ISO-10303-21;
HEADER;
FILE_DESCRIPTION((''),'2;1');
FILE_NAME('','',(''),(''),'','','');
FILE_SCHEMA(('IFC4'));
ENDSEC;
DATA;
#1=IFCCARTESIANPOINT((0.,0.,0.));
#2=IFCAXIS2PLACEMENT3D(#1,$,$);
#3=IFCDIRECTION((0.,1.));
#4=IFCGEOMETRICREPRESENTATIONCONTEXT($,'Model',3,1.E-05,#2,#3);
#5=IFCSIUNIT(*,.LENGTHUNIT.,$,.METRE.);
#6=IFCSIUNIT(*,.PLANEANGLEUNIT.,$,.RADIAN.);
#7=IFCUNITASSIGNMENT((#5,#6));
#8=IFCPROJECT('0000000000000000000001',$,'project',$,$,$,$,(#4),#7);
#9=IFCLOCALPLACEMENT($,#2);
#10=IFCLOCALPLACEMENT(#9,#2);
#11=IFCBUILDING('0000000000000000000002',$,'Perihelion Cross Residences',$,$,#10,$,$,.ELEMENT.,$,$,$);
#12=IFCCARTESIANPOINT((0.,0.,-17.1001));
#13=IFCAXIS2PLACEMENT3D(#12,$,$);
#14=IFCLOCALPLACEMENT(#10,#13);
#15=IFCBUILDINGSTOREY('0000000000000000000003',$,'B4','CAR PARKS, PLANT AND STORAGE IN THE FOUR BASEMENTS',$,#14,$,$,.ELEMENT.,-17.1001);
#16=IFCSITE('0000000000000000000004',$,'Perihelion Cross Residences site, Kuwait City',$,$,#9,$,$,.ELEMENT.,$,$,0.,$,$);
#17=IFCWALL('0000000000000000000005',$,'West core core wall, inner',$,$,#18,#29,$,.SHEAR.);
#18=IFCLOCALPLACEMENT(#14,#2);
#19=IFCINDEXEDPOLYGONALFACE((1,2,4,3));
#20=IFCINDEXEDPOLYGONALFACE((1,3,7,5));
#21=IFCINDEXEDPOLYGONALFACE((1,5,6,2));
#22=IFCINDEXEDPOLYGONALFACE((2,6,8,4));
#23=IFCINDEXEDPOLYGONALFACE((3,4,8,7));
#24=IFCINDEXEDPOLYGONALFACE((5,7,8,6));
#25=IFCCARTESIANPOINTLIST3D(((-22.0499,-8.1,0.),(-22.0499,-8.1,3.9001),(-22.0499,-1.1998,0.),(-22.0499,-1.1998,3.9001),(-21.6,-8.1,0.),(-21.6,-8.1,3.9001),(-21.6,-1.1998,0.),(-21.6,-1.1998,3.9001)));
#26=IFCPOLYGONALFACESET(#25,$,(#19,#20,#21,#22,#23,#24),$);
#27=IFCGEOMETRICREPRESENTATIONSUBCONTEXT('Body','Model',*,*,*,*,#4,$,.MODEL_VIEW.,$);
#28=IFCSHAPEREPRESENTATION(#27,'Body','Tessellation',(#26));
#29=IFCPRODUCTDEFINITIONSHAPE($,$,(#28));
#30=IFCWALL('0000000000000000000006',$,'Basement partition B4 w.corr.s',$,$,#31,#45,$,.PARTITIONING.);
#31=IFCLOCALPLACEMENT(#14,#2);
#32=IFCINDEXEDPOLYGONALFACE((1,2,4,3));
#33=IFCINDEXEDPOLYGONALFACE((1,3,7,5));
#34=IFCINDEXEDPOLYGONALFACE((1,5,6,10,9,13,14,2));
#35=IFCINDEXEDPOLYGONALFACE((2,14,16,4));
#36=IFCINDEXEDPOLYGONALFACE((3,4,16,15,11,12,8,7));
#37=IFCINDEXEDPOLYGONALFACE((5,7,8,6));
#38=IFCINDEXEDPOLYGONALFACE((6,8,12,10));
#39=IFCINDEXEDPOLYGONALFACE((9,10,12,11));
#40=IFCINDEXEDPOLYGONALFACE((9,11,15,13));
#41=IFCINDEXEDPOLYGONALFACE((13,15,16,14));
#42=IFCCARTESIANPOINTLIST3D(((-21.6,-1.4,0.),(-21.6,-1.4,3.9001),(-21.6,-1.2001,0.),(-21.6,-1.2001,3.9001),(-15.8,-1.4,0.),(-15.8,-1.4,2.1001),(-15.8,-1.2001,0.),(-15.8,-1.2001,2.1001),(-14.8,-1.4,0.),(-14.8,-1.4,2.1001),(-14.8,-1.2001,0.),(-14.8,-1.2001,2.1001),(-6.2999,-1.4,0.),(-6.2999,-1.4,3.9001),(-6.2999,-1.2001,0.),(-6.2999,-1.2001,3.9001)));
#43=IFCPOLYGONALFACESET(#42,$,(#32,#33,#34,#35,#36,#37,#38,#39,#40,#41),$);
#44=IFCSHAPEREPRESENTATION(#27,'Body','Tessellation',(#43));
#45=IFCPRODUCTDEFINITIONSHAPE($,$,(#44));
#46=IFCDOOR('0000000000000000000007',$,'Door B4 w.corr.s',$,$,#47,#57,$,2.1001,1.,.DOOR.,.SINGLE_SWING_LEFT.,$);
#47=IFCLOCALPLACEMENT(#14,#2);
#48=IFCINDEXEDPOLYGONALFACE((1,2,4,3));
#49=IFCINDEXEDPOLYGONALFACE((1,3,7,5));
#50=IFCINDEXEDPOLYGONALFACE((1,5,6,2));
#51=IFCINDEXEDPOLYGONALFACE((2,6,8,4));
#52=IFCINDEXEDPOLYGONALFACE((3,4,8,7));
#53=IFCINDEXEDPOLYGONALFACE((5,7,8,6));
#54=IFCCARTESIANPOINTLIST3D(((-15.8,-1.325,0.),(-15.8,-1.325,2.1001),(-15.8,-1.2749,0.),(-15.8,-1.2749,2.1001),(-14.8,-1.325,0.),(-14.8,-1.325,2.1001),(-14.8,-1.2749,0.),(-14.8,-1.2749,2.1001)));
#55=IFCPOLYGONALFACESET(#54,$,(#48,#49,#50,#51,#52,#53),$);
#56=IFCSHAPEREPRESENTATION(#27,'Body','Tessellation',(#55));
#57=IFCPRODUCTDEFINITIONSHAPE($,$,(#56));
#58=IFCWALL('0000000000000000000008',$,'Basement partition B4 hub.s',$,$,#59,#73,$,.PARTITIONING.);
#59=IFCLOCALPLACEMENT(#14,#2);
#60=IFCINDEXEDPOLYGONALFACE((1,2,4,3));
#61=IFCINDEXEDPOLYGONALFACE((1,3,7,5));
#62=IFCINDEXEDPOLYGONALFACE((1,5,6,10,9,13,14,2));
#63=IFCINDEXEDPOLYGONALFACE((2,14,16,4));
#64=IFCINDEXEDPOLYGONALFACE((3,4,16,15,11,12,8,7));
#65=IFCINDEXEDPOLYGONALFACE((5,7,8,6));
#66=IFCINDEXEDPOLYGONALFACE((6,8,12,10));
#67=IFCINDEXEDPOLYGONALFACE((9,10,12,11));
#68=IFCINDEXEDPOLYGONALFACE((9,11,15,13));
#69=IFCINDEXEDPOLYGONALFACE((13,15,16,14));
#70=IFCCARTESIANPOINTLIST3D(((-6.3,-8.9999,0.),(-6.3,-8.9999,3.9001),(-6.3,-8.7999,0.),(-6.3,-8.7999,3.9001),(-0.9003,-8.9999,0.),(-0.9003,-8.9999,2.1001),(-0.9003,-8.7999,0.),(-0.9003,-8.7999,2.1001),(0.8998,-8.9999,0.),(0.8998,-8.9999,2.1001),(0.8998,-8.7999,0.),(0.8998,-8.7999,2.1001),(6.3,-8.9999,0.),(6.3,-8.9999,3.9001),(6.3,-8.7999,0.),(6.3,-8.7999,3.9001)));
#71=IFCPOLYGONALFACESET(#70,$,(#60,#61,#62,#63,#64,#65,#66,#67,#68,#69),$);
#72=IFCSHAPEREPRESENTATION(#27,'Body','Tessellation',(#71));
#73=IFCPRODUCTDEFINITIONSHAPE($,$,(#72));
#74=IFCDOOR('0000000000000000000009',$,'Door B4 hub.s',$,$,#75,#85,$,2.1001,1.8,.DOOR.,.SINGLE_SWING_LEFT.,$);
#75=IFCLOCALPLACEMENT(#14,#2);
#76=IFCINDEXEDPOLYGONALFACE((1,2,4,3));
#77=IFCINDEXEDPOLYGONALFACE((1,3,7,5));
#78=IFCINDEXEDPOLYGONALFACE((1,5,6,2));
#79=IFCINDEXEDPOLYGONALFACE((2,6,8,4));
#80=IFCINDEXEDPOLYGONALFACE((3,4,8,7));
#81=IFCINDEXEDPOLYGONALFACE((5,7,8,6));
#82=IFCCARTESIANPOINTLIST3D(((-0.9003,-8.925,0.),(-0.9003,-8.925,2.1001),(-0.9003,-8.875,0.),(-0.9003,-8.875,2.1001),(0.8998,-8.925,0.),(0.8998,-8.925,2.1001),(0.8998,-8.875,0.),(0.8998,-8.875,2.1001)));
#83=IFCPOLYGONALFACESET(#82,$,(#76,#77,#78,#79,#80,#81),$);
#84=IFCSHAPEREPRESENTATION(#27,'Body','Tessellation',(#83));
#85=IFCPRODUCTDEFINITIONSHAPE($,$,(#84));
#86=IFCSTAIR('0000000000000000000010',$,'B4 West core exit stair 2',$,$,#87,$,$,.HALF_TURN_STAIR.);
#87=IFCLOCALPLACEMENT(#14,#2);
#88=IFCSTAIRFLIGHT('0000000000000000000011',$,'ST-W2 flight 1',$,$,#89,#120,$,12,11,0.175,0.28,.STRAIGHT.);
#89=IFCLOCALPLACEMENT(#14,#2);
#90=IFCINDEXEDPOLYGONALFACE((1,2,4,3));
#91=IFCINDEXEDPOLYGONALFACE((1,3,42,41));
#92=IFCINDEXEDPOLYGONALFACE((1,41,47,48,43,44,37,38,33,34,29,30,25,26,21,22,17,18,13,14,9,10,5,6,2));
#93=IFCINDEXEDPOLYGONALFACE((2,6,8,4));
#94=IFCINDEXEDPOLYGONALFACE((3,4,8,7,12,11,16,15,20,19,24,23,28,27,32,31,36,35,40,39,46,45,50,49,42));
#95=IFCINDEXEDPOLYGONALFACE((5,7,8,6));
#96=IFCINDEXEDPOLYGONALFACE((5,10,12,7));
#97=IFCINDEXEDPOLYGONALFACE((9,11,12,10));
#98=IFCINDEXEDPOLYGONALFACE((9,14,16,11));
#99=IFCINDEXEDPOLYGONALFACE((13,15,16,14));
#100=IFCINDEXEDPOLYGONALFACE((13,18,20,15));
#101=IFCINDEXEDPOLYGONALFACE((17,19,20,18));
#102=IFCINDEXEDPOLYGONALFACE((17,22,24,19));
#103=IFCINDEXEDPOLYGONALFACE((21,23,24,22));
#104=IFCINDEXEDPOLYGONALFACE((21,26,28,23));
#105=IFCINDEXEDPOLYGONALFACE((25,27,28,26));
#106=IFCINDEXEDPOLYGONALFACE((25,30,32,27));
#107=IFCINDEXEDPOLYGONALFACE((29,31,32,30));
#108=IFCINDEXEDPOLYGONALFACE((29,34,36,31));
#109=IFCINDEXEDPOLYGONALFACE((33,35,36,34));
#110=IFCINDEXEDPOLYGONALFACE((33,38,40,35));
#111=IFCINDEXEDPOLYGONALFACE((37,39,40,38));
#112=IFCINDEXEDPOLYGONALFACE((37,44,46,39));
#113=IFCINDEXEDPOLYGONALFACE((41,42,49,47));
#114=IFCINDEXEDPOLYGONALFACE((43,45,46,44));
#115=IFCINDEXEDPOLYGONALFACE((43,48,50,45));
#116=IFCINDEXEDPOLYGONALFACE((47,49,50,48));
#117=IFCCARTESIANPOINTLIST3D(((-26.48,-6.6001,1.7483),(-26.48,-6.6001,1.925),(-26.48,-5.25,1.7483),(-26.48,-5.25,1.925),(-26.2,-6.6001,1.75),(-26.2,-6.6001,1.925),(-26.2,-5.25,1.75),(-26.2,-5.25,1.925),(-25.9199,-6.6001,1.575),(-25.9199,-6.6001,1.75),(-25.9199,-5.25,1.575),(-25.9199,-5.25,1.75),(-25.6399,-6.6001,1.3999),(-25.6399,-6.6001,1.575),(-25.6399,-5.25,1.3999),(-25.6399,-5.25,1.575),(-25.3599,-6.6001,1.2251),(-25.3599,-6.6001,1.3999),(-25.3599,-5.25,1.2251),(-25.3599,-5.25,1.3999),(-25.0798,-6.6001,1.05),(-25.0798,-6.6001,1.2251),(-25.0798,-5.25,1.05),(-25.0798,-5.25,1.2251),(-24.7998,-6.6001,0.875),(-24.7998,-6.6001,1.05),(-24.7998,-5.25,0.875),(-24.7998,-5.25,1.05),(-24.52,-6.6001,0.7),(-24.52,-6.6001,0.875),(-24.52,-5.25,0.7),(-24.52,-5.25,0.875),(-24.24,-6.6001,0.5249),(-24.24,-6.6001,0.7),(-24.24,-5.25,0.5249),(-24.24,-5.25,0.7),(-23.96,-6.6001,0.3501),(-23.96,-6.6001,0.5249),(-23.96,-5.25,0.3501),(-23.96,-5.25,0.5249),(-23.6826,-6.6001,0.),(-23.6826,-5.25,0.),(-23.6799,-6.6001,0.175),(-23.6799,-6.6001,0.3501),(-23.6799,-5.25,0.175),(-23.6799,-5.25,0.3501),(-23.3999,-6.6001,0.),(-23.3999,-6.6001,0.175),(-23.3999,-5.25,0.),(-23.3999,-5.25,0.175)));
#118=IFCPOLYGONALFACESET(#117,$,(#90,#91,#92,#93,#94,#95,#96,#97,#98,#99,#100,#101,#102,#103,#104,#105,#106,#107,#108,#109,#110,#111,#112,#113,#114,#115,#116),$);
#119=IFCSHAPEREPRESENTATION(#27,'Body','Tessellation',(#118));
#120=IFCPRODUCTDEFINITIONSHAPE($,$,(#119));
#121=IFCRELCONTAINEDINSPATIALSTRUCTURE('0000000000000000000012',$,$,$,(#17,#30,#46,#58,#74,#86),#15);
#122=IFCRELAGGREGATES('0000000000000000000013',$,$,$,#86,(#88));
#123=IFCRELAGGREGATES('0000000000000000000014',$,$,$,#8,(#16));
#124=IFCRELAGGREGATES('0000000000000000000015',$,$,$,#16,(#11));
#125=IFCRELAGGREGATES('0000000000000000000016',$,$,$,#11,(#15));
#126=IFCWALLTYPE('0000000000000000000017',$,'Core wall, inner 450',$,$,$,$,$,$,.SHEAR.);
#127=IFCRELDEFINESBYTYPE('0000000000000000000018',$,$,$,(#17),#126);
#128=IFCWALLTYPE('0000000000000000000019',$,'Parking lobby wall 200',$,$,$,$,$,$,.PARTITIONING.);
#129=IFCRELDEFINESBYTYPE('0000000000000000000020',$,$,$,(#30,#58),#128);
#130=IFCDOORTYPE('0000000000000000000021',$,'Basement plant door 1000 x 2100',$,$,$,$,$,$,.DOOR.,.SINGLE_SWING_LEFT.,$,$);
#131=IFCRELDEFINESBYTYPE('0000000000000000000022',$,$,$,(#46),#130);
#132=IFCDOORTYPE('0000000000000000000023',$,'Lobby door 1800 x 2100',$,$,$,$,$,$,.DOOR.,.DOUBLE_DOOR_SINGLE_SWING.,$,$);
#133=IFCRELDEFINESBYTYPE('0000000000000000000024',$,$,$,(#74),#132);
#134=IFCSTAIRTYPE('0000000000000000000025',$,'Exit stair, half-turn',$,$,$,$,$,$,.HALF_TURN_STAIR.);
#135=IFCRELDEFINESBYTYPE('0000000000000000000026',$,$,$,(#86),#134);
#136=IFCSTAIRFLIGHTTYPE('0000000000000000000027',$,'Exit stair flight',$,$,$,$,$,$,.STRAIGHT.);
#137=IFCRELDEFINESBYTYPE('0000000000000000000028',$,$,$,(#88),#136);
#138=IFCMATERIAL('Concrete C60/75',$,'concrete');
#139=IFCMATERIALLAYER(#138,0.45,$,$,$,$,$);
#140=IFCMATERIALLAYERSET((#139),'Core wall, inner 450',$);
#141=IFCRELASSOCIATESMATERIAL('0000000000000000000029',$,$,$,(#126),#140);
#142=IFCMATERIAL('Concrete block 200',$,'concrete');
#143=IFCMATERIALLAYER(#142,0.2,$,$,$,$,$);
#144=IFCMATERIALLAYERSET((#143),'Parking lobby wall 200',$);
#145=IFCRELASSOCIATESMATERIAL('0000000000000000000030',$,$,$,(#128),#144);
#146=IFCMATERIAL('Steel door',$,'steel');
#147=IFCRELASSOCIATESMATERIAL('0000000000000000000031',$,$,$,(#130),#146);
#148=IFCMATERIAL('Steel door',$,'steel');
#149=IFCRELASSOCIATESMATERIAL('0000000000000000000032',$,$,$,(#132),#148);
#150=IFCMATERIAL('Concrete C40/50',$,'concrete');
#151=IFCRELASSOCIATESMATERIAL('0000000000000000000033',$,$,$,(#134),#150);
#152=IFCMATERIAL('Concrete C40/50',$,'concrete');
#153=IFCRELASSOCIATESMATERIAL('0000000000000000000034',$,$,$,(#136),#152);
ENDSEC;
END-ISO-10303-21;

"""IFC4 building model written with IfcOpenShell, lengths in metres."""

from ifc_helpers import new_model, si_unit, direction, frame, frame_2d, origin, place, context, subcontext, project, spatial, polyline, rectangle, outline, extrude, material, layer, layer_set, type_object, element, fill, aggregate, save


model = new_model("IFC4")

# Units and contexts
model_context = context("Model", 3, precision=1e-05, world=origin(), true_north=direction((0.0, 1.0)))
body_context = subcontext(model_context, "Body", "Model", "MODEL_VIEW")
ifc_project = project(units=[si_unit("LENGTHUNIT", "METRE"), si_unit("PLANEANGLEUNIT", "RADIAN")], contexts=[model_context])

# Site, building, storey
site_placement = place(None, origin())
site = spatial("IfcSite", under=ifc_project, at=site_placement, Name="Perihelion Cross Residences site, Kuwait City", CompositionType="ELEMENT", RefElevation=0.0)
building_placement = place(site_placement, origin())
building = spatial("IfcBuilding", under=site, at=building_placement, Name="Perihelion Cross Residences", CompositionType="ELEMENT")
storey_placement = place(building_placement, frame((0.0, 0.0, -17.1001)))
storey = spatial("IfcBuildingStorey", under=building, at=storey_placement, Name="B4", Description="CAR PARKS, PLANT AND STORAGE IN THE FOUR BASEMENTS", CompositionType="ELEMENT", Elevation=-17.1001)

# Wall
ifc_material_1 = material(Name="Concrete C60/75", Category="concrete")
ifc_layer_1 = layer(ifc_material_1, 0.45)
ifc_layer_set_1 = layer_set([ifc_layer_1], Name="Core wall, inner 450")
wall_type_1 = type_object("IfcWallType", Name="Core wall, inner 450", PredefinedType="SHEAR", material=ifc_layer_set_1)
wall_1_placement = place(storey_placement, frame((-21.825, -8.1001, 0.0), z_axis=(0.0, 0.0, 1.0), x_axis=(0.0, 1.0, 0.0)))
element("IfcWall", 1, at=wall_1_placement, inside=storey, type_object=wall_type_1, Name="West core core wall, inner", PredefinedType="SHEAR", context=body_context, shape_type="SweptSolid", body=[
    extrude(rectangle(XDim=6.9001, YDim=0.45, at=frame_2d((3.4502, 0.0))), origin(), (0.0, 0.0, 1.0), 3.9001),
])

# Walls, openings, doors
ifc_material_2 = material(Name="Concrete block 200", Category="concrete")
ifc_layer_2 = layer(ifc_material_2, 0.2)
ifc_layer_set_2 = layer_set([ifc_layer_2], Name="Parking lobby wall 200")
wall_type_2 = type_object("IfcWallType", Name="Parking lobby wall 200", PredefinedType="PARTITIONING", material=ifc_layer_set_2)
wall_2_placement = place(storey_placement, frame((-6.3, -1.3, 0.0), z_axis=(0.0, 0.0, 1.0), x_axis=(-1.0, 0.0, 0.0)))
wall_2 = element("IfcWall", 2, at=wall_2_placement, inside=storey, type_object=wall_type_2, Name="Basement partition B4 w.corr.s", PredefinedType="PARTITIONING", context=body_context, shape_type="SweptSolid", body=[
    extrude(rectangle(XDim=15.3, YDim=0.2, at=frame_2d((7.6499, 0.0))), origin(), (0.0, 0.0, 1.0), 3.9001),
])
opening_1_placement = place(wall_2_placement, frame((8.5, 0.0, 0.0)))
opening_1 = element("IfcOpeningElement", 3, at=opening_1_placement, cuts=wall_2, PredefinedType="OPENING", context=body_context, shape_type="SweptSolid", body=[
    extrude(rectangle(XDim=1.0, YDim=2.1001, at=frame_2d((0.5, 1.05))), frame((0.0, 0.1099, 0.0), z_axis=(0.0, -1.0, 0.0), x_axis=(1.0, 0.0, 0.0)), (0.0, 0.0, 1.0), 0.22),
])
ifc_material_3 = material(Name="Steel door", Category="steel")
door_type_1 = type_object("IfcDoorType", Name="Basement plant door 1000 x 2100", OperationType="SINGLE_SWING_LEFT", PredefinedType="DOOR", material=ifc_material_3)
door_1_placement = place(opening_1_placement, origin())
door_1 = element("IfcDoor", 4, at=door_1_placement, inside=storey, type_object=door_type_1, Name="Door B4 w.corr.s", OperationType="SINGLE_SWING_LEFT", OverallHeight=2.1001, OverallWidth=1.0, PredefinedType="DOOR", context=body_context, shape_type="SweptSolid", body=[
    extrude(rectangle(XDim=1.0, YDim=2.1001, at=frame_2d((0.5, 1.05))), frame((0.0, 0.0249, 0.0), z_axis=(0.0, -1.0, 0.0), x_axis=(1.0, 0.0, 0.0)), (0.0, 0.0, 1.0), 0.05),
])
fill(opening_1, door_1)
wall_3_placement = place(storey_placement, frame((-6.3, -8.8999, 0.0), z_axis=(0.0, 0.0, 1.0), x_axis=(1.0, 0.0, 0.0)))
wall_3 = element("IfcWall", 5, at=wall_3_placement, inside=storey, type_object=wall_type_2, Name="Basement partition B4 hub.s", PredefinedType="PARTITIONING", context=body_context, shape_type="SweptSolid", body=[
    extrude(rectangle(XDim=12.6001, YDim=0.2, at=frame_2d((6.3, 0.0))), origin(), (0.0, 0.0, 1.0), 3.9001),
])
opening_2_placement = place(wall_3_placement, frame((5.3999, 0.0, 0.0)))
opening_2 = element("IfcOpeningElement", 6, at=opening_2_placement, cuts=wall_3, PredefinedType="OPENING", context=body_context, shape_type="SweptSolid", body=[
    extrude(rectangle(XDim=1.8, YDim=2.1001, at=frame_2d((0.8999, 1.05))), frame((0.0, 0.1099, 0.0), z_axis=(0.0, -1.0, 0.0), x_axis=(1.0, 0.0, 0.0)), (0.0, 0.0, 1.0), 0.22),
])
ifc_material_4 = material(Name="Steel door", Category="steel")
door_type_2 = type_object("IfcDoorType", Name="Lobby door 1800 x 2100", OperationType="DOUBLE_DOOR_SINGLE_SWING", PredefinedType="DOOR", material=ifc_material_4)
door_2_placement = place(opening_2_placement, origin())
door_2 = element("IfcDoor", 7, at=door_2_placement, inside=storey, type_object=door_type_2, Name="Door B4 hub.s", OperationType="SINGLE_SWING_LEFT", OverallHeight=2.1001, OverallWidth=1.8, PredefinedType="DOOR", context=body_context, shape_type="SweptSolid", body=[
    extrude(rectangle(XDim=1.8, YDim=2.1001, at=frame_2d((0.8999, 1.05))), frame((0.0, 0.0249, 0.0), z_axis=(0.0, -1.0, 0.0), x_axis=(1.0, 0.0, 0.0)), (0.0, 0.0, 1.0), 0.05),
])
fill(opening_2, door_2)

# Stair, stair flight
ifc_material_5 = material(Name="Concrete C40/50", Category="concrete")
stair_type = type_object("IfcStairType", Name="Exit stair, half-turn", PredefinedType="HALF_TURN_STAIR", material=ifc_material_5)
stair_placement = place(storey_placement, origin())
stair = element("IfcStair", 8, at=stair_placement, inside=storey, type_object=stair_type, Name="B4 West core exit stair 2", PredefinedType="HALF_TURN_STAIR")
ifc_material_6 = material(Name="Concrete C40/50", Category="concrete")
stair_flight_type = type_object("IfcStairFlightType", Name="Exit stair flight", PredefinedType="STRAIGHT", material=ifc_material_6)
stair_flight_placement = place(storey_placement, frame((-23.3999, -5.925, 0.0), z_axis=(0.0, 0.0, 1.0), x_axis=(-1.0, 0.0, 0.0)))
stair_flight = element("IfcStairFlight", 9, at=stair_flight_placement, type_object=stair_flight_type, Name="ST-W2 flight 1", NumberOfRisers=12, NumberOfTreads=11, PredefinedType="STRAIGHT", RiserHeight=0.175, TreadLength=0.28, context=body_context, shape_type="SweptSolid", body=[
    extrude(outline(polyline([(0.0, 0.0), (0.0, 0.175), (0.28, 0.175), (0.28, 0.3501), (0.5601, 0.3501), (0.5601, 0.5249), (0.8401, 0.5249), (0.8401, 0.7), (1.1201, 0.7), (1.1201, 0.875), (1.3999, 0.875), (1.3999, 1.05), (1.6799, 1.05), (1.6799, 1.2251), (1.96, 1.2251), (1.96, 1.3999), (2.24, 1.3999), (2.24, 1.575), (2.52, 1.575), (2.52, 1.75), (2.8, 1.75), (2.8, 1.925), (3.0801, 1.925), (3.0801, 2.1001), (3.0801, 1.7483), (0.2827, 0.0), (0.0, 0.0)])), frame((0.0, 0.675, 0.0), z_axis=(0.0, -1.0, 0.0), x_axis=(1.0, 0.0, 0.0)), (0.0, 0.0, 1.0), 1.3501),
])
aggregate(stair, [stair_flight])

save(model, "model.ifc")
